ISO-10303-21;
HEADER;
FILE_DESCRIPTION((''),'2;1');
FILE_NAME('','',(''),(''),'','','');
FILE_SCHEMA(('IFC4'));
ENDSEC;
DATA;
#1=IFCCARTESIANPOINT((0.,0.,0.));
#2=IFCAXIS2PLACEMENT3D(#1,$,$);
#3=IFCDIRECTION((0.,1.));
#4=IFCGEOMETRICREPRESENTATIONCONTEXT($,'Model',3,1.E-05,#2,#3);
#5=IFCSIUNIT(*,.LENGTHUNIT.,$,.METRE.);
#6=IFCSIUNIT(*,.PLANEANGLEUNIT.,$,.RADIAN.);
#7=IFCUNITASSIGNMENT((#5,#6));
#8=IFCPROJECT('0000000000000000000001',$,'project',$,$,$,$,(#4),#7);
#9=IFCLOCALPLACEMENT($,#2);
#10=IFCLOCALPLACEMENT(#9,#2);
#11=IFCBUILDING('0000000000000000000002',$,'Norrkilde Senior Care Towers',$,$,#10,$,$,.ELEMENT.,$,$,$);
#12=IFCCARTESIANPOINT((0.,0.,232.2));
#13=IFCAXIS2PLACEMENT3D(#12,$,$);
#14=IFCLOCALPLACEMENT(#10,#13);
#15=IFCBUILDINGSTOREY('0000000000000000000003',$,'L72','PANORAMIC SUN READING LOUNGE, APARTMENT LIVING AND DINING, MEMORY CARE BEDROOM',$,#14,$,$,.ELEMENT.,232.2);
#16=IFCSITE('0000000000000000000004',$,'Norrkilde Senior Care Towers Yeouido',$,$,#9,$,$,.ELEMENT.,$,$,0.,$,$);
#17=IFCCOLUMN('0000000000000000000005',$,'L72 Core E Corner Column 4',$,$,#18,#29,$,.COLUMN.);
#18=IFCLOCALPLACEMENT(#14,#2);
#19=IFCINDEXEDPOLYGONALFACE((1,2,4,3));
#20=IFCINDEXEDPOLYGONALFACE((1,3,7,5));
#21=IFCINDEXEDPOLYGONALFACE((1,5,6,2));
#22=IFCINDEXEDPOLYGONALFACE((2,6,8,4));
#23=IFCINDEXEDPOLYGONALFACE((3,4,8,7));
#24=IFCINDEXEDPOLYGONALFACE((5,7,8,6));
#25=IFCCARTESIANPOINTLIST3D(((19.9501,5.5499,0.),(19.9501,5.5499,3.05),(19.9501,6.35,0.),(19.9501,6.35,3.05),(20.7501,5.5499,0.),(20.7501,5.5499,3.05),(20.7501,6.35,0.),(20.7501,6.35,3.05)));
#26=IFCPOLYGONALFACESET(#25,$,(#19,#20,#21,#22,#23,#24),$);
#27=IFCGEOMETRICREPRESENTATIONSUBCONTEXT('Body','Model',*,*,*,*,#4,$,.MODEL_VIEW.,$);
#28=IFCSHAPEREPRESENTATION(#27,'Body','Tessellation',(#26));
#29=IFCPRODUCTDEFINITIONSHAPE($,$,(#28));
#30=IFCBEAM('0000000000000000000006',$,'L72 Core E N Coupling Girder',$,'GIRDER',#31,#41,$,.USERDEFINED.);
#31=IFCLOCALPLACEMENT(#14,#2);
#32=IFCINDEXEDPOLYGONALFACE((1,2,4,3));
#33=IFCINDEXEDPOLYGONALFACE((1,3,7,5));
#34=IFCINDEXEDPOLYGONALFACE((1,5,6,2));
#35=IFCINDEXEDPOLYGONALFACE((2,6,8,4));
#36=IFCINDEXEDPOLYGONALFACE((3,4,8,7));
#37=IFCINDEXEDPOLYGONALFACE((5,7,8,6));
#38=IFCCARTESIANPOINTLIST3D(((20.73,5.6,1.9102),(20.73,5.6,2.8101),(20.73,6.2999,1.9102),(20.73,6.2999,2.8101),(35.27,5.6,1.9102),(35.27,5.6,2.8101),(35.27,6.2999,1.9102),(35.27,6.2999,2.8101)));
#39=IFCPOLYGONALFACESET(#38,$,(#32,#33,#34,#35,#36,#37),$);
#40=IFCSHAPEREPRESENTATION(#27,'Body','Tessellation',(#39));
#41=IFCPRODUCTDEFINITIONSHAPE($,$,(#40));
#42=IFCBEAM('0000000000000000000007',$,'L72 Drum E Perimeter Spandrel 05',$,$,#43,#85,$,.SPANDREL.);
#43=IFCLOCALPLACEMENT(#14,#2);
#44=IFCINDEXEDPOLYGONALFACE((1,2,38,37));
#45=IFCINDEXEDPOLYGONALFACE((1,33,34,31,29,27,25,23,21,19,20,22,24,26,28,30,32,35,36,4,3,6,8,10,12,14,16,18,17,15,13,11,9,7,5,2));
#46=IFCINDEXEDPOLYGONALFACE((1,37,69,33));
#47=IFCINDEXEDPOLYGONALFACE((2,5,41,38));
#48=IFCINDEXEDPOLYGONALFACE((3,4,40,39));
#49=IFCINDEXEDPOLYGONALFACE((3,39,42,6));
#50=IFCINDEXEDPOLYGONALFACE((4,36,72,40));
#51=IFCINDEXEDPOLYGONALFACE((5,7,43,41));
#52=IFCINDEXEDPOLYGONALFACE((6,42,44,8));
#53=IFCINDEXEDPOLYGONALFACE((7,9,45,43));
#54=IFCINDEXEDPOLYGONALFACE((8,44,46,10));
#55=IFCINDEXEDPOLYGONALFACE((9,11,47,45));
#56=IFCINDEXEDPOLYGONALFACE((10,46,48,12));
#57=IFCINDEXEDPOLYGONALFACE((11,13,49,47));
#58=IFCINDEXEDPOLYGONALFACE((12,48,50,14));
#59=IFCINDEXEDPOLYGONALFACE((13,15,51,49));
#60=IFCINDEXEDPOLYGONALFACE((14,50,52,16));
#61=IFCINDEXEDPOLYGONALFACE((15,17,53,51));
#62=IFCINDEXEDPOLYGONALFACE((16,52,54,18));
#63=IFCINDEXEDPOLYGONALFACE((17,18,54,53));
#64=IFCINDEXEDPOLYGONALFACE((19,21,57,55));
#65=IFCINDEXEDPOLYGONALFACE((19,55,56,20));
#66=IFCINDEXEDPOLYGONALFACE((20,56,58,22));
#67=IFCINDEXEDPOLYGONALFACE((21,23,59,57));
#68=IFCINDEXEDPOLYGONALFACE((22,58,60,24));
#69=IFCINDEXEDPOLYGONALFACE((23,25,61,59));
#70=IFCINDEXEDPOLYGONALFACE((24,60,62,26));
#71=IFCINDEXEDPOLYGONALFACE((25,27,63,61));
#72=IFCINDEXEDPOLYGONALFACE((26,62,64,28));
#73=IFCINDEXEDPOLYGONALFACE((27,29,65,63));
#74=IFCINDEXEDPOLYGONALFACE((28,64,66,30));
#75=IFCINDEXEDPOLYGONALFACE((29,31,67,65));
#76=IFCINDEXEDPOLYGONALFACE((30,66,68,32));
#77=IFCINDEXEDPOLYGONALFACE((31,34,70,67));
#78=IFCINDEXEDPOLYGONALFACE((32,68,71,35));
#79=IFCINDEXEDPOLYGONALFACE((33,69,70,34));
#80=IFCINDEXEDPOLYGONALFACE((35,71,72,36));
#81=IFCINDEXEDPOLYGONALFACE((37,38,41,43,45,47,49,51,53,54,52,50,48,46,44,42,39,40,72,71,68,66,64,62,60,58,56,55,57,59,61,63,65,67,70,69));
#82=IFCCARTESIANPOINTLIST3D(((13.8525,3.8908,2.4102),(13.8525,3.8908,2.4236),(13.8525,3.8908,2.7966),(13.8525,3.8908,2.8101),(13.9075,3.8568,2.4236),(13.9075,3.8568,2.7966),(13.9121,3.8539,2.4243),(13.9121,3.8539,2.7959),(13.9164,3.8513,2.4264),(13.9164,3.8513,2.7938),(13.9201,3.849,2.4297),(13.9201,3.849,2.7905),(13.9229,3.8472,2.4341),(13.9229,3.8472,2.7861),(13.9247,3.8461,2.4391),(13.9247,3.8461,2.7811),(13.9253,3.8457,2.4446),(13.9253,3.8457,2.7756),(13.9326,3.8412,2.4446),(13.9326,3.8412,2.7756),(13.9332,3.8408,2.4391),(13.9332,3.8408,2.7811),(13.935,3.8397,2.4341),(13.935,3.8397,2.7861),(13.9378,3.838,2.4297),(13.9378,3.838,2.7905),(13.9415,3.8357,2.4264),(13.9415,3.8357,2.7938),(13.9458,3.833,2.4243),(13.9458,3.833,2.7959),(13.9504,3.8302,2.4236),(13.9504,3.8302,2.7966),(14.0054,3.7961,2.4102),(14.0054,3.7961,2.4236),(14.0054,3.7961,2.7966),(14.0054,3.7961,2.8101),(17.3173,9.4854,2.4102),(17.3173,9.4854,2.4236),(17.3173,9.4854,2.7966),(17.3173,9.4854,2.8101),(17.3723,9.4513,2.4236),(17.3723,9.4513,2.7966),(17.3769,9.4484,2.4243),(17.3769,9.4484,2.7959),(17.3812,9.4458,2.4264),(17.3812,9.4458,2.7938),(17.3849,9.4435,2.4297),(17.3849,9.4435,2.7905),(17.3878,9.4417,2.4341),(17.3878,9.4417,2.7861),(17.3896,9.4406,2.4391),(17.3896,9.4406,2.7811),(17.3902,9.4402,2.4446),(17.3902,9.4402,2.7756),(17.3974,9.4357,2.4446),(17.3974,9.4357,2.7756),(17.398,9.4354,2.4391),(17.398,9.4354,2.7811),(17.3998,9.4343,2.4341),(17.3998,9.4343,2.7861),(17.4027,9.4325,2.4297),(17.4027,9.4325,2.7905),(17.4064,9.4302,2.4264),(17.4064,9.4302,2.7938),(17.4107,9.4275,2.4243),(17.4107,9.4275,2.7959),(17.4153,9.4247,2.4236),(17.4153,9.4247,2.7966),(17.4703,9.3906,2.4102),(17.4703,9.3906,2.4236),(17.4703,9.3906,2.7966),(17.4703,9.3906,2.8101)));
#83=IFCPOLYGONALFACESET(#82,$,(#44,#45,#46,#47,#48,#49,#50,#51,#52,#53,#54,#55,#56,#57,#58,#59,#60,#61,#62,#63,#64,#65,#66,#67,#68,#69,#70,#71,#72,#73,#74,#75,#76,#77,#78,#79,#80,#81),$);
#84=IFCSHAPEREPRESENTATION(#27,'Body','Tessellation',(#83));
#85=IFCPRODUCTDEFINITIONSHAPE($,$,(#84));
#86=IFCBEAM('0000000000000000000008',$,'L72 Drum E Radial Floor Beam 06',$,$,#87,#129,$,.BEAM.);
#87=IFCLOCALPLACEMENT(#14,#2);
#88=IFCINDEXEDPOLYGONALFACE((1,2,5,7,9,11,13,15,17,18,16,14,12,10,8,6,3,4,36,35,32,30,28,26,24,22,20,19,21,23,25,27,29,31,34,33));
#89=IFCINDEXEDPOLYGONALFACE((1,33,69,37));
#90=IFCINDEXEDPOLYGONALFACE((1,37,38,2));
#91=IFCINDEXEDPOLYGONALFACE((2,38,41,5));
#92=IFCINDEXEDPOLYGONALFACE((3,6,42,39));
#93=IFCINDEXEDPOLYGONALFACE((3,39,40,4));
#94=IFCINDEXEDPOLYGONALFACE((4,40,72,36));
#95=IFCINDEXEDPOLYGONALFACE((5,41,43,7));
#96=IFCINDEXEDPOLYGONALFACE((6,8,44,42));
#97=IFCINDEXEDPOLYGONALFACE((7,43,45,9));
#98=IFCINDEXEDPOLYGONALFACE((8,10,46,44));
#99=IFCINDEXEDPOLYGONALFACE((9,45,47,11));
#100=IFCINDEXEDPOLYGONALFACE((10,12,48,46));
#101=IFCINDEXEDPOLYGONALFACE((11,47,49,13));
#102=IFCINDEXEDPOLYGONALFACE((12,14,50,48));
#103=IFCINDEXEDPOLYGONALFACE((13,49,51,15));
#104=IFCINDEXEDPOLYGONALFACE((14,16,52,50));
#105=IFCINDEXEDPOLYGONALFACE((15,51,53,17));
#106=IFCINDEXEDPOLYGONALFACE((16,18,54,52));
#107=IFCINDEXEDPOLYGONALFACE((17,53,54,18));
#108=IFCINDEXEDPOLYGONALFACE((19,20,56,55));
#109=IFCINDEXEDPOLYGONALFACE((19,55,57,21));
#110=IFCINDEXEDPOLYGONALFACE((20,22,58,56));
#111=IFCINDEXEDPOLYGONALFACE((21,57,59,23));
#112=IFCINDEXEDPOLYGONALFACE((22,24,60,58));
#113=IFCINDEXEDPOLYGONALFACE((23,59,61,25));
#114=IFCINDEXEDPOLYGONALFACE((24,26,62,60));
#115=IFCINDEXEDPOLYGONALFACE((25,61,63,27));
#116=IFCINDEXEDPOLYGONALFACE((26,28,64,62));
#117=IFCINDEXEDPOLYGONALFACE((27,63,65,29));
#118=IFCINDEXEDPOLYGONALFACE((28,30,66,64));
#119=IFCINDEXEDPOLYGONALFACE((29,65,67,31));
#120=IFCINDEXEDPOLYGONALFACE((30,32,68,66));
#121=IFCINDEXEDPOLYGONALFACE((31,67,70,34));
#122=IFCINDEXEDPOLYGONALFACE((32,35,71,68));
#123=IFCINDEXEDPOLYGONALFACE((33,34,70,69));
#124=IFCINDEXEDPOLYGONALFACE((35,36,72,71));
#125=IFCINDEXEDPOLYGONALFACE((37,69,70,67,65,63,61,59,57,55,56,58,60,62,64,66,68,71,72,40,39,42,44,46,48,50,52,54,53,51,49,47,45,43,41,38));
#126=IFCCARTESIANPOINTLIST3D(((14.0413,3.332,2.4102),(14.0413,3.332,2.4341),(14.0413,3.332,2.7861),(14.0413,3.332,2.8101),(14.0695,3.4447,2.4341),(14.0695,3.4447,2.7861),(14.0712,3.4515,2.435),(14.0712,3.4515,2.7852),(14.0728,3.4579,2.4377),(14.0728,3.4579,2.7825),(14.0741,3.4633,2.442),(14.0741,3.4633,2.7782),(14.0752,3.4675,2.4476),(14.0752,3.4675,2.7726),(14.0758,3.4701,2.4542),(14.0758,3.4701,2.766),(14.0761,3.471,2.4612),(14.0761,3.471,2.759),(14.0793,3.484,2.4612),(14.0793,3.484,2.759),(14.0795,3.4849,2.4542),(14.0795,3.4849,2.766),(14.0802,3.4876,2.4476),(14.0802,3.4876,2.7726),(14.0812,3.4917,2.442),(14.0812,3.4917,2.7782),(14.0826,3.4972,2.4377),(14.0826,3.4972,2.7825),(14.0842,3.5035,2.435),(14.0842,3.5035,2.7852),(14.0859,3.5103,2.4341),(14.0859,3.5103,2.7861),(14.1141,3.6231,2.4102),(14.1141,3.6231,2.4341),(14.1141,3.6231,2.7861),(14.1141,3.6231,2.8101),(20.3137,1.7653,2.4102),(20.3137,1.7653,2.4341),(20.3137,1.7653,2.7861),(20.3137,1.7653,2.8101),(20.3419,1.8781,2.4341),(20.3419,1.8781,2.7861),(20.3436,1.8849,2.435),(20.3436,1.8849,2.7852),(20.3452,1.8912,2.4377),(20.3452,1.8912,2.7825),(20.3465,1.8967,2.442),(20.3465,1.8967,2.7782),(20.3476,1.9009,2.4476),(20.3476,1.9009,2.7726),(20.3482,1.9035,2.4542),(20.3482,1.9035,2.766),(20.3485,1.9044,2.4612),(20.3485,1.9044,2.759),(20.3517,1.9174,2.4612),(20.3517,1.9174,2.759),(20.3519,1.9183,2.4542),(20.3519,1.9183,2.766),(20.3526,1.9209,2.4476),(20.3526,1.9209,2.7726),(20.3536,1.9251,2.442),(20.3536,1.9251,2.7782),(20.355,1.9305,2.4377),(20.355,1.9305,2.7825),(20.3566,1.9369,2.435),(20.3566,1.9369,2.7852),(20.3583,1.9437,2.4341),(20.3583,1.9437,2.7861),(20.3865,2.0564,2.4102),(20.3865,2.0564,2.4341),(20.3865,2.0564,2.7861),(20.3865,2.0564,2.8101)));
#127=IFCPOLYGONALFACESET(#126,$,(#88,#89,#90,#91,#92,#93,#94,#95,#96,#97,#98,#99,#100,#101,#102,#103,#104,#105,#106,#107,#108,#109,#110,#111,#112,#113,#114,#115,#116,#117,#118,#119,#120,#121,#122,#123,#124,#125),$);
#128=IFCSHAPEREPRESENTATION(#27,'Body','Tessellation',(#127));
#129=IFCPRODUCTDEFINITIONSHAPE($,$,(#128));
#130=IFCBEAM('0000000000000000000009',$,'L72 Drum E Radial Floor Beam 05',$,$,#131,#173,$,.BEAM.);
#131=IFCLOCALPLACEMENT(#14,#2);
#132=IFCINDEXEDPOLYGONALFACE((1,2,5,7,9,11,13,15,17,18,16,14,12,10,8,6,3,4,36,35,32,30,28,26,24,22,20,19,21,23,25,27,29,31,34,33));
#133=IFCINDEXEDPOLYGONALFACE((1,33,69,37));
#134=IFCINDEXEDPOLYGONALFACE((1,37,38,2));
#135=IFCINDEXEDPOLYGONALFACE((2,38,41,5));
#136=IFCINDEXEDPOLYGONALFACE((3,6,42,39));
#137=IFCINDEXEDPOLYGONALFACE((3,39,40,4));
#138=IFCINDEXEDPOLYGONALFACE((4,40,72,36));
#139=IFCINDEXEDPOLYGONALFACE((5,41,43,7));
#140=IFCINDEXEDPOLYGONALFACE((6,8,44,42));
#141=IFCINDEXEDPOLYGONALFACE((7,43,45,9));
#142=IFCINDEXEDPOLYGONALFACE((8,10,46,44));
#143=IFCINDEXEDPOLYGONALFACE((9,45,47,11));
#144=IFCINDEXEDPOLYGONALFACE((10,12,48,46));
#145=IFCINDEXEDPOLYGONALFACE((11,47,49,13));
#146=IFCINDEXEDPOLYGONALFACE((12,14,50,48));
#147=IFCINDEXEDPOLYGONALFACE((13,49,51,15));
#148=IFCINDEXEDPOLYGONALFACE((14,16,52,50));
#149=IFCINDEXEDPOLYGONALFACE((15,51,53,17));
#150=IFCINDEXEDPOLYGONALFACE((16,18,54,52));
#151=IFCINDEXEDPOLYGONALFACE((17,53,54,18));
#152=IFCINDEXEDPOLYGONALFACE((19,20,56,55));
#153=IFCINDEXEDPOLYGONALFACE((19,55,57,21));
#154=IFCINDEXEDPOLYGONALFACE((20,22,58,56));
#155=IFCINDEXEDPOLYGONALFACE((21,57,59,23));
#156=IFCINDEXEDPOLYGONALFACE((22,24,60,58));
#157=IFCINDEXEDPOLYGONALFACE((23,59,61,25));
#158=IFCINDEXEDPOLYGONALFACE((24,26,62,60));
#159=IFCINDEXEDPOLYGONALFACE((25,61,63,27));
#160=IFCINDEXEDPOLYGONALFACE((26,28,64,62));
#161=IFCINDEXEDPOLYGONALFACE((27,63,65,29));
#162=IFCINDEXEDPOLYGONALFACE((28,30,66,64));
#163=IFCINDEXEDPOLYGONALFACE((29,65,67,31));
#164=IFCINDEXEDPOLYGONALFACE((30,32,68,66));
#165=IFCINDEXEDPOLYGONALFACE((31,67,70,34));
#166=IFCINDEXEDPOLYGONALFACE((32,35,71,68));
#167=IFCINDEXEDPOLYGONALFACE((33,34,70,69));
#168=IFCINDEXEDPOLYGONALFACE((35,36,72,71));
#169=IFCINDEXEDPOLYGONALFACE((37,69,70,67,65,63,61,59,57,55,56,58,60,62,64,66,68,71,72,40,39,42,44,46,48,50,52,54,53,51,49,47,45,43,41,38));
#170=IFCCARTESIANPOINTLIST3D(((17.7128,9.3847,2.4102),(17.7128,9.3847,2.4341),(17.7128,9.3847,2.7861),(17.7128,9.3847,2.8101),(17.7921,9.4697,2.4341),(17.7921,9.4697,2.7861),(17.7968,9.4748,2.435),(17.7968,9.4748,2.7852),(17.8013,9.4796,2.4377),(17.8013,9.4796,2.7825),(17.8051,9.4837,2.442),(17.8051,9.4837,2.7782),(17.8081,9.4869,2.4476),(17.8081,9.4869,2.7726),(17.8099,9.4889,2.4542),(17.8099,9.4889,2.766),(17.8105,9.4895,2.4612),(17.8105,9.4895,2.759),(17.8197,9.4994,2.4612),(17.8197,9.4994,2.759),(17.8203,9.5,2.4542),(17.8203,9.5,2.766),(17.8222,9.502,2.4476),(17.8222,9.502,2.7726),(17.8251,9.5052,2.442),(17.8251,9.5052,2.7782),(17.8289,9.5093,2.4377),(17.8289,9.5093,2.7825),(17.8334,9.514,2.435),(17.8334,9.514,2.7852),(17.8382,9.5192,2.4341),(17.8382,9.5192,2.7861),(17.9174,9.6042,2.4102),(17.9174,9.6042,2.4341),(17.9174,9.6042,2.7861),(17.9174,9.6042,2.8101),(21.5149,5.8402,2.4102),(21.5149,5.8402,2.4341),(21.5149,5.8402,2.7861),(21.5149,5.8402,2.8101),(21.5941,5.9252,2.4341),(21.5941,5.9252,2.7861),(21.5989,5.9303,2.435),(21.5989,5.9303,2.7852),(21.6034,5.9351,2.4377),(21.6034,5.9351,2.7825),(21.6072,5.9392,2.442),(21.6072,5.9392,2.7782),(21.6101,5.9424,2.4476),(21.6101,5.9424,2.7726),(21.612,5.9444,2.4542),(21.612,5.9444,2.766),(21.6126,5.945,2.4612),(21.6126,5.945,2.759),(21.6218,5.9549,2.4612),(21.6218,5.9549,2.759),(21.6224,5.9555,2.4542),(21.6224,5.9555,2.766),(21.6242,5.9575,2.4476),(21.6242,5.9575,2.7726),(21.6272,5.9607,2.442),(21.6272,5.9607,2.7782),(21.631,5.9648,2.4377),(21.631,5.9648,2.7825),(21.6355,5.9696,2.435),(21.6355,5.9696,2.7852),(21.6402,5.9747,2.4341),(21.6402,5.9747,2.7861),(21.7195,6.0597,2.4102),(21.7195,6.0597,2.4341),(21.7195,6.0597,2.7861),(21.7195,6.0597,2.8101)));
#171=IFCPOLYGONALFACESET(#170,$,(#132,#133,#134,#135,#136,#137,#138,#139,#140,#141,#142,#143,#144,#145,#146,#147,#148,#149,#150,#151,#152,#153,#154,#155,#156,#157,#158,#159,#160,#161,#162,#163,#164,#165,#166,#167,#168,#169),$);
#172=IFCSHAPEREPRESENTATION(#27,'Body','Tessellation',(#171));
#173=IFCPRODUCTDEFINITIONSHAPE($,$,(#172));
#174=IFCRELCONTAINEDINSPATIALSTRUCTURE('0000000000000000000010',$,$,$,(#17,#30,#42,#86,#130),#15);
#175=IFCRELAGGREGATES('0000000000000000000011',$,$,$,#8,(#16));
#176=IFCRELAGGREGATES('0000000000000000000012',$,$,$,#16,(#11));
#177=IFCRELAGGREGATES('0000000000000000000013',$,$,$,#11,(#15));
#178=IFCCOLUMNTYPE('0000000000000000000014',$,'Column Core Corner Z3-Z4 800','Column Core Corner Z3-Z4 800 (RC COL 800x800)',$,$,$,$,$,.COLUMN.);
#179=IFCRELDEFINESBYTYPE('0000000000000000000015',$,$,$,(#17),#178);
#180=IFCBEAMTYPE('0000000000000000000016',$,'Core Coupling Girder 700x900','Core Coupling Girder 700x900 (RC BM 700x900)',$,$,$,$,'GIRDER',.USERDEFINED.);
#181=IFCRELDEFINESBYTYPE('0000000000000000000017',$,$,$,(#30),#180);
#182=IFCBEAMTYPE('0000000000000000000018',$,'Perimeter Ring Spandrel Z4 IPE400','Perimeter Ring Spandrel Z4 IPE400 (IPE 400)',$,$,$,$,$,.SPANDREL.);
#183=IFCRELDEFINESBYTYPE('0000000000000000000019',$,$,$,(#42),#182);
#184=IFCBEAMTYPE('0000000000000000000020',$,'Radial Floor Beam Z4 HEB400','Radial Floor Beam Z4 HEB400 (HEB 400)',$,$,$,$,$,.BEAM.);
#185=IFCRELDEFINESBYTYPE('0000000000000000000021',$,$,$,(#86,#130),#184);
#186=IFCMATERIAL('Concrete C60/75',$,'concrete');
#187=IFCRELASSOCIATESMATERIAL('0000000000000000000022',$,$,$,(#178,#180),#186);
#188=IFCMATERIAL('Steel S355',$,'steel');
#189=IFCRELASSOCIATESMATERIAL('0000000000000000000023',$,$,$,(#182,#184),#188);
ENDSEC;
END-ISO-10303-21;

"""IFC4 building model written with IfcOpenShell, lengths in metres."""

from ifc_helpers import new_model, si_unit, direction, frame, origin, origin_2d, place, context, subcontext, project, spatial, rectangle, i_section, extrude, source, transform, mapped, material, material_profile, profile_set, type_object, type_shapes, element, save


model = new_model("IFC4")

# Units and contexts
model_context = context("Model", 3, precision=1e-05, world=origin(), true_north=direction((0.0, 1.0)))
body_context = subcontext(model_context, "Body", "Model", "MODEL_VIEW")
ifc_project = project(units=[si_unit("LENGTHUNIT", "METRE"), si_unit("PLANEANGLEUNIT", "RADIAN")], contexts=[model_context])

# Site, building, storey
site_placement = place(None, origin())
site = spatial("IfcSite", under=ifc_project, at=site_placement, Name="Norrkilde Senior Care Towers Yeouido", CompositionType="ELEMENT", RefElevation=0.0)
building_placement = place(site_placement, origin())
building = spatial("IfcBuilding", under=site, at=building_placement, Name="Norrkilde Senior Care Towers", CompositionType="ELEMENT")
storey_placement = place(building_placement, frame((0.0, 0.0, 232.2)))
storey = spatial("IfcBuildingStorey", under=building, at=storey_placement, Name="L72", Description="PANORAMIC SUN READING LOUNGE, APARTMENT LIVING AND DINING, MEMORY CARE BEDROOM", CompositionType="ELEMENT", Elevation=232.2)

# Column
ifc_material_1 = material(Name="Concrete C60/75", Category="concrete")
ifc_material_profile_1 = material_profile(ifc_material_1, rectangle(XDim=0.8, YDim=0.8, at=origin_2d()), Name="RC COL 800x800")
ifc_profile_set_1 = profile_set([ifc_material_profile_1], Name="Concrete C60/75")
column_type = type_object("IfcColumnType", Name="Column Core Corner Z3-Z4 800", Description="Column Core Corner Z3-Z4 800 (RC COL 800x800)", PredefinedType="COLUMN", material=ifc_profile_set_1)
shared_shape_1 = source(origin(), body_context, "Body", "SweptSolid", [
    extrude(rectangle(XDim=0.8, YDim=0.8, at=origin_2d()), origin(), (0.0, 0.0, 1.0), 3.05),
])
type_shapes(column_type, [shared_shape_1])
column_placement = place(storey_placement, frame((20.3501, 5.95, 0.0), z_axis=(0.0, 0.0, 1.0), x_axis=(1.0, 0.0, 0.0)))
element("IfcColumn", 1, at=column_placement, inside=storey, type_object=column_type, Name="L72 Core E Corner Column 4", PredefinedType="COLUMN", context=body_context, shape_type="MappedRepresentation", body=[
    mapped(shared_shape_1, transform((0.0, 0.0, 0.0), x_axis=(1.0, 0.0, 0.0), y_axis=(0.0, 1.0, 0.0), z_axis=(0.0, 0.0, 1.0), scale=1.0)),
])

# Beams
ifc_material_profile_2 = material_profile(ifc_material_1, rectangle(XDim=0.7, YDim=0.8999, at=origin_2d()), Name="RC BM 700x900")
ifc_profile_set_2 = profile_set([ifc_material_profile_2], Name="Concrete C60/75")
beam_type_1 = type_object("IfcBeamType", Name="Core Coupling Girder 700x900", Description="Core Coupling Girder 700x900 (RC BM 700x900)", ElementType="GIRDER", PredefinedType="USERDEFINED", material=ifc_profile_set_2)
shared_shape_2 = source(origin(), body_context, "Body", "SweptSolid", [
    extrude(rectangle(XDim=0.7, YDim=0.8999, at=origin_2d()), origin(), (0.0, 0.0, 1.0), 14.54),
])
type_shapes(beam_type_1, [shared_shape_2])
beam_1_placement = place(storey_placement, frame((20.73, 5.95, 2.3601), z_axis=(1.0, 0.0, 0.0), x_axis=(0.0, 1.0, 0.0)))
element("IfcBeam", 2, at=beam_1_placement, inside=storey, type_object=beam_type_1, Name="L72 Core E N Coupling Girder", ObjectType="GIRDER", PredefinedType="USERDEFINED", context=body_context, shape_type="MappedRepresentation", body=[
    mapped(shared_shape_2, transform((0.0, 0.0, 0.0), x_axis=(1.0, 0.0, 0.0), y_axis=(0.0, 1.0, 0.0), z_axis=(0.0, 0.0, 1.0), scale=1.0)),
])
ifc_material_2 = material(Name="Steel S355", Category="steel")
ifc_material_profile_3 = material_profile(ifc_material_2, i_section(OverallWidth=0.1799, OverallDepth=0.3999, WebThickness=0.0085, FlangeThickness=0.0134, FilletRadius=0.021, at=origin_2d()), Name="IPE 400")
ifc_profile_set_3 = profile_set([ifc_material_profile_3], Name="Steel S355")
beam_type_2 = type_object("IfcBeamType", Name="Perimeter Ring Spandrel Z4 IPE400", Description="Perimeter Ring Spandrel Z4 IPE400 (IPE 400)", PredefinedType="SPANDREL", material=ifc_profile_set_3)
shared_shape_3 = source(origin(), body_context, "Body", "SweptSolid", [
    extrude(i_section(OverallWidth=0.1799, OverallDepth=0.3999, WebThickness=0.0085, FlangeThickness=0.0134, FilletRadius=0.021, at=origin_2d()), origin(), (0.0, 0.0, 1.0), 6.5806),
])
type_shapes(beam_type_2, [shared_shape_3])
beam_2_placement = place(storey_placement, frame((17.3938, 9.438, 2.6101), z_axis=(-0.52653, -0.850157, 0.0), x_axis=(0.850157, -0.52653, 0.0)))
element("IfcBeam", 3, at=beam_2_placement, inside=storey, type_object=beam_type_2, Name="L72 Drum E Perimeter Spandrel 05", PredefinedType="SPANDREL", context=body_context, shape_type="MappedRepresentation", body=[
    mapped(shared_shape_3, transform((0.0, 0.0, 0.0), x_axis=(1.0, 0.0, 0.0), y_axis=(0.0, 1.0, 0.0), z_axis=(0.0, 0.0, 1.0), scale=1.0)),
])
ifc_material_profile_4 = material_profile(ifc_material_2, i_section(OverallWidth=0.3, OverallDepth=0.3999, WebThickness=0.0134, FlangeThickness=0.0239, FilletRadius=0.0271, at=origin_2d()), Name="HEB 400")
ifc_profile_set_4 = profile_set([ifc_material_profile_4], Name="Steel S355")
beam_type_3 = type_object("IfcBeamType", Name="Radial Floor Beam Z4 HEB400", Description="Radial Floor Beam Z4 HEB400 (HEB 400)", PredefinedType="BEAM", material=ifc_profile_set_4)
shared_shape_4 = source(origin(), body_context, "Body", "SweptSolid", [
    extrude(i_section(OverallWidth=0.3, OverallDepth=0.3999, WebThickness=0.0134, FlangeThickness=0.0239, FilletRadius=0.0271, at=origin_2d()), origin(), (0.0, 0.0, 1.0), 6.4651),
])
beam_3_placement = place(storey_placement, frame((20.3501, 1.9109, 2.6101), z_axis=(-0.970196, 0.242322, 0.0), x_axis=(-0.242322, -0.970196, 0.0)))
element("IfcBeam", 4, at=beam_3_placement, inside=storey, type_object=beam_type_3, Name="L72 Drum E Radial Floor Beam 06", PredefinedType="BEAM", context=body_context, shape_type="MappedRepresentation", body=[
    mapped(shared_shape_4, transform((0.0, 0.0, 0.0), x_axis=(1.0, 0.0, 0.0), y_axis=(0.0, 1.0, 0.0), z_axis=(0.0, 0.0, 1.0), scale=1.0)),
])
shared_shape_5 = source(origin(), body_context, "Body", "SweptSolid", [
    extrude(i_section(OverallWidth=0.3, OverallDepth=0.3999, WebThickness=0.0134, FlangeThickness=0.0239, FilletRadius=0.0271, at=origin_2d()), origin(), (0.0, 0.0, 1.0), 5.198),
])
type_shapes(beam_type_3, [shared_shape_4, shared_shape_5])
beam_4_placement = place(storey_placement, frame((21.6172, 5.95, 2.6101), z_axis=(-0.731449, 0.681896, 0.0), x_axis=(-0.681896, -0.731449, 0.0)))
element("IfcBeam", 5, at=beam_4_placement, inside=storey, type_object=beam_type_3, Name="L72 Drum E Radial Floor Beam 05", PredefinedType="BEAM", context=body_context, shape_type="MappedRepresentation", body=[
    mapped(shared_shape_5, transform((0.0, 0.0, 0.0), x_axis=(1.0, 0.0, 0.0), y_axis=(0.0, 1.0, 0.0), z_axis=(0.0, 0.0, 1.0), scale=1.0)),
])

save(model, "model.ifc")
